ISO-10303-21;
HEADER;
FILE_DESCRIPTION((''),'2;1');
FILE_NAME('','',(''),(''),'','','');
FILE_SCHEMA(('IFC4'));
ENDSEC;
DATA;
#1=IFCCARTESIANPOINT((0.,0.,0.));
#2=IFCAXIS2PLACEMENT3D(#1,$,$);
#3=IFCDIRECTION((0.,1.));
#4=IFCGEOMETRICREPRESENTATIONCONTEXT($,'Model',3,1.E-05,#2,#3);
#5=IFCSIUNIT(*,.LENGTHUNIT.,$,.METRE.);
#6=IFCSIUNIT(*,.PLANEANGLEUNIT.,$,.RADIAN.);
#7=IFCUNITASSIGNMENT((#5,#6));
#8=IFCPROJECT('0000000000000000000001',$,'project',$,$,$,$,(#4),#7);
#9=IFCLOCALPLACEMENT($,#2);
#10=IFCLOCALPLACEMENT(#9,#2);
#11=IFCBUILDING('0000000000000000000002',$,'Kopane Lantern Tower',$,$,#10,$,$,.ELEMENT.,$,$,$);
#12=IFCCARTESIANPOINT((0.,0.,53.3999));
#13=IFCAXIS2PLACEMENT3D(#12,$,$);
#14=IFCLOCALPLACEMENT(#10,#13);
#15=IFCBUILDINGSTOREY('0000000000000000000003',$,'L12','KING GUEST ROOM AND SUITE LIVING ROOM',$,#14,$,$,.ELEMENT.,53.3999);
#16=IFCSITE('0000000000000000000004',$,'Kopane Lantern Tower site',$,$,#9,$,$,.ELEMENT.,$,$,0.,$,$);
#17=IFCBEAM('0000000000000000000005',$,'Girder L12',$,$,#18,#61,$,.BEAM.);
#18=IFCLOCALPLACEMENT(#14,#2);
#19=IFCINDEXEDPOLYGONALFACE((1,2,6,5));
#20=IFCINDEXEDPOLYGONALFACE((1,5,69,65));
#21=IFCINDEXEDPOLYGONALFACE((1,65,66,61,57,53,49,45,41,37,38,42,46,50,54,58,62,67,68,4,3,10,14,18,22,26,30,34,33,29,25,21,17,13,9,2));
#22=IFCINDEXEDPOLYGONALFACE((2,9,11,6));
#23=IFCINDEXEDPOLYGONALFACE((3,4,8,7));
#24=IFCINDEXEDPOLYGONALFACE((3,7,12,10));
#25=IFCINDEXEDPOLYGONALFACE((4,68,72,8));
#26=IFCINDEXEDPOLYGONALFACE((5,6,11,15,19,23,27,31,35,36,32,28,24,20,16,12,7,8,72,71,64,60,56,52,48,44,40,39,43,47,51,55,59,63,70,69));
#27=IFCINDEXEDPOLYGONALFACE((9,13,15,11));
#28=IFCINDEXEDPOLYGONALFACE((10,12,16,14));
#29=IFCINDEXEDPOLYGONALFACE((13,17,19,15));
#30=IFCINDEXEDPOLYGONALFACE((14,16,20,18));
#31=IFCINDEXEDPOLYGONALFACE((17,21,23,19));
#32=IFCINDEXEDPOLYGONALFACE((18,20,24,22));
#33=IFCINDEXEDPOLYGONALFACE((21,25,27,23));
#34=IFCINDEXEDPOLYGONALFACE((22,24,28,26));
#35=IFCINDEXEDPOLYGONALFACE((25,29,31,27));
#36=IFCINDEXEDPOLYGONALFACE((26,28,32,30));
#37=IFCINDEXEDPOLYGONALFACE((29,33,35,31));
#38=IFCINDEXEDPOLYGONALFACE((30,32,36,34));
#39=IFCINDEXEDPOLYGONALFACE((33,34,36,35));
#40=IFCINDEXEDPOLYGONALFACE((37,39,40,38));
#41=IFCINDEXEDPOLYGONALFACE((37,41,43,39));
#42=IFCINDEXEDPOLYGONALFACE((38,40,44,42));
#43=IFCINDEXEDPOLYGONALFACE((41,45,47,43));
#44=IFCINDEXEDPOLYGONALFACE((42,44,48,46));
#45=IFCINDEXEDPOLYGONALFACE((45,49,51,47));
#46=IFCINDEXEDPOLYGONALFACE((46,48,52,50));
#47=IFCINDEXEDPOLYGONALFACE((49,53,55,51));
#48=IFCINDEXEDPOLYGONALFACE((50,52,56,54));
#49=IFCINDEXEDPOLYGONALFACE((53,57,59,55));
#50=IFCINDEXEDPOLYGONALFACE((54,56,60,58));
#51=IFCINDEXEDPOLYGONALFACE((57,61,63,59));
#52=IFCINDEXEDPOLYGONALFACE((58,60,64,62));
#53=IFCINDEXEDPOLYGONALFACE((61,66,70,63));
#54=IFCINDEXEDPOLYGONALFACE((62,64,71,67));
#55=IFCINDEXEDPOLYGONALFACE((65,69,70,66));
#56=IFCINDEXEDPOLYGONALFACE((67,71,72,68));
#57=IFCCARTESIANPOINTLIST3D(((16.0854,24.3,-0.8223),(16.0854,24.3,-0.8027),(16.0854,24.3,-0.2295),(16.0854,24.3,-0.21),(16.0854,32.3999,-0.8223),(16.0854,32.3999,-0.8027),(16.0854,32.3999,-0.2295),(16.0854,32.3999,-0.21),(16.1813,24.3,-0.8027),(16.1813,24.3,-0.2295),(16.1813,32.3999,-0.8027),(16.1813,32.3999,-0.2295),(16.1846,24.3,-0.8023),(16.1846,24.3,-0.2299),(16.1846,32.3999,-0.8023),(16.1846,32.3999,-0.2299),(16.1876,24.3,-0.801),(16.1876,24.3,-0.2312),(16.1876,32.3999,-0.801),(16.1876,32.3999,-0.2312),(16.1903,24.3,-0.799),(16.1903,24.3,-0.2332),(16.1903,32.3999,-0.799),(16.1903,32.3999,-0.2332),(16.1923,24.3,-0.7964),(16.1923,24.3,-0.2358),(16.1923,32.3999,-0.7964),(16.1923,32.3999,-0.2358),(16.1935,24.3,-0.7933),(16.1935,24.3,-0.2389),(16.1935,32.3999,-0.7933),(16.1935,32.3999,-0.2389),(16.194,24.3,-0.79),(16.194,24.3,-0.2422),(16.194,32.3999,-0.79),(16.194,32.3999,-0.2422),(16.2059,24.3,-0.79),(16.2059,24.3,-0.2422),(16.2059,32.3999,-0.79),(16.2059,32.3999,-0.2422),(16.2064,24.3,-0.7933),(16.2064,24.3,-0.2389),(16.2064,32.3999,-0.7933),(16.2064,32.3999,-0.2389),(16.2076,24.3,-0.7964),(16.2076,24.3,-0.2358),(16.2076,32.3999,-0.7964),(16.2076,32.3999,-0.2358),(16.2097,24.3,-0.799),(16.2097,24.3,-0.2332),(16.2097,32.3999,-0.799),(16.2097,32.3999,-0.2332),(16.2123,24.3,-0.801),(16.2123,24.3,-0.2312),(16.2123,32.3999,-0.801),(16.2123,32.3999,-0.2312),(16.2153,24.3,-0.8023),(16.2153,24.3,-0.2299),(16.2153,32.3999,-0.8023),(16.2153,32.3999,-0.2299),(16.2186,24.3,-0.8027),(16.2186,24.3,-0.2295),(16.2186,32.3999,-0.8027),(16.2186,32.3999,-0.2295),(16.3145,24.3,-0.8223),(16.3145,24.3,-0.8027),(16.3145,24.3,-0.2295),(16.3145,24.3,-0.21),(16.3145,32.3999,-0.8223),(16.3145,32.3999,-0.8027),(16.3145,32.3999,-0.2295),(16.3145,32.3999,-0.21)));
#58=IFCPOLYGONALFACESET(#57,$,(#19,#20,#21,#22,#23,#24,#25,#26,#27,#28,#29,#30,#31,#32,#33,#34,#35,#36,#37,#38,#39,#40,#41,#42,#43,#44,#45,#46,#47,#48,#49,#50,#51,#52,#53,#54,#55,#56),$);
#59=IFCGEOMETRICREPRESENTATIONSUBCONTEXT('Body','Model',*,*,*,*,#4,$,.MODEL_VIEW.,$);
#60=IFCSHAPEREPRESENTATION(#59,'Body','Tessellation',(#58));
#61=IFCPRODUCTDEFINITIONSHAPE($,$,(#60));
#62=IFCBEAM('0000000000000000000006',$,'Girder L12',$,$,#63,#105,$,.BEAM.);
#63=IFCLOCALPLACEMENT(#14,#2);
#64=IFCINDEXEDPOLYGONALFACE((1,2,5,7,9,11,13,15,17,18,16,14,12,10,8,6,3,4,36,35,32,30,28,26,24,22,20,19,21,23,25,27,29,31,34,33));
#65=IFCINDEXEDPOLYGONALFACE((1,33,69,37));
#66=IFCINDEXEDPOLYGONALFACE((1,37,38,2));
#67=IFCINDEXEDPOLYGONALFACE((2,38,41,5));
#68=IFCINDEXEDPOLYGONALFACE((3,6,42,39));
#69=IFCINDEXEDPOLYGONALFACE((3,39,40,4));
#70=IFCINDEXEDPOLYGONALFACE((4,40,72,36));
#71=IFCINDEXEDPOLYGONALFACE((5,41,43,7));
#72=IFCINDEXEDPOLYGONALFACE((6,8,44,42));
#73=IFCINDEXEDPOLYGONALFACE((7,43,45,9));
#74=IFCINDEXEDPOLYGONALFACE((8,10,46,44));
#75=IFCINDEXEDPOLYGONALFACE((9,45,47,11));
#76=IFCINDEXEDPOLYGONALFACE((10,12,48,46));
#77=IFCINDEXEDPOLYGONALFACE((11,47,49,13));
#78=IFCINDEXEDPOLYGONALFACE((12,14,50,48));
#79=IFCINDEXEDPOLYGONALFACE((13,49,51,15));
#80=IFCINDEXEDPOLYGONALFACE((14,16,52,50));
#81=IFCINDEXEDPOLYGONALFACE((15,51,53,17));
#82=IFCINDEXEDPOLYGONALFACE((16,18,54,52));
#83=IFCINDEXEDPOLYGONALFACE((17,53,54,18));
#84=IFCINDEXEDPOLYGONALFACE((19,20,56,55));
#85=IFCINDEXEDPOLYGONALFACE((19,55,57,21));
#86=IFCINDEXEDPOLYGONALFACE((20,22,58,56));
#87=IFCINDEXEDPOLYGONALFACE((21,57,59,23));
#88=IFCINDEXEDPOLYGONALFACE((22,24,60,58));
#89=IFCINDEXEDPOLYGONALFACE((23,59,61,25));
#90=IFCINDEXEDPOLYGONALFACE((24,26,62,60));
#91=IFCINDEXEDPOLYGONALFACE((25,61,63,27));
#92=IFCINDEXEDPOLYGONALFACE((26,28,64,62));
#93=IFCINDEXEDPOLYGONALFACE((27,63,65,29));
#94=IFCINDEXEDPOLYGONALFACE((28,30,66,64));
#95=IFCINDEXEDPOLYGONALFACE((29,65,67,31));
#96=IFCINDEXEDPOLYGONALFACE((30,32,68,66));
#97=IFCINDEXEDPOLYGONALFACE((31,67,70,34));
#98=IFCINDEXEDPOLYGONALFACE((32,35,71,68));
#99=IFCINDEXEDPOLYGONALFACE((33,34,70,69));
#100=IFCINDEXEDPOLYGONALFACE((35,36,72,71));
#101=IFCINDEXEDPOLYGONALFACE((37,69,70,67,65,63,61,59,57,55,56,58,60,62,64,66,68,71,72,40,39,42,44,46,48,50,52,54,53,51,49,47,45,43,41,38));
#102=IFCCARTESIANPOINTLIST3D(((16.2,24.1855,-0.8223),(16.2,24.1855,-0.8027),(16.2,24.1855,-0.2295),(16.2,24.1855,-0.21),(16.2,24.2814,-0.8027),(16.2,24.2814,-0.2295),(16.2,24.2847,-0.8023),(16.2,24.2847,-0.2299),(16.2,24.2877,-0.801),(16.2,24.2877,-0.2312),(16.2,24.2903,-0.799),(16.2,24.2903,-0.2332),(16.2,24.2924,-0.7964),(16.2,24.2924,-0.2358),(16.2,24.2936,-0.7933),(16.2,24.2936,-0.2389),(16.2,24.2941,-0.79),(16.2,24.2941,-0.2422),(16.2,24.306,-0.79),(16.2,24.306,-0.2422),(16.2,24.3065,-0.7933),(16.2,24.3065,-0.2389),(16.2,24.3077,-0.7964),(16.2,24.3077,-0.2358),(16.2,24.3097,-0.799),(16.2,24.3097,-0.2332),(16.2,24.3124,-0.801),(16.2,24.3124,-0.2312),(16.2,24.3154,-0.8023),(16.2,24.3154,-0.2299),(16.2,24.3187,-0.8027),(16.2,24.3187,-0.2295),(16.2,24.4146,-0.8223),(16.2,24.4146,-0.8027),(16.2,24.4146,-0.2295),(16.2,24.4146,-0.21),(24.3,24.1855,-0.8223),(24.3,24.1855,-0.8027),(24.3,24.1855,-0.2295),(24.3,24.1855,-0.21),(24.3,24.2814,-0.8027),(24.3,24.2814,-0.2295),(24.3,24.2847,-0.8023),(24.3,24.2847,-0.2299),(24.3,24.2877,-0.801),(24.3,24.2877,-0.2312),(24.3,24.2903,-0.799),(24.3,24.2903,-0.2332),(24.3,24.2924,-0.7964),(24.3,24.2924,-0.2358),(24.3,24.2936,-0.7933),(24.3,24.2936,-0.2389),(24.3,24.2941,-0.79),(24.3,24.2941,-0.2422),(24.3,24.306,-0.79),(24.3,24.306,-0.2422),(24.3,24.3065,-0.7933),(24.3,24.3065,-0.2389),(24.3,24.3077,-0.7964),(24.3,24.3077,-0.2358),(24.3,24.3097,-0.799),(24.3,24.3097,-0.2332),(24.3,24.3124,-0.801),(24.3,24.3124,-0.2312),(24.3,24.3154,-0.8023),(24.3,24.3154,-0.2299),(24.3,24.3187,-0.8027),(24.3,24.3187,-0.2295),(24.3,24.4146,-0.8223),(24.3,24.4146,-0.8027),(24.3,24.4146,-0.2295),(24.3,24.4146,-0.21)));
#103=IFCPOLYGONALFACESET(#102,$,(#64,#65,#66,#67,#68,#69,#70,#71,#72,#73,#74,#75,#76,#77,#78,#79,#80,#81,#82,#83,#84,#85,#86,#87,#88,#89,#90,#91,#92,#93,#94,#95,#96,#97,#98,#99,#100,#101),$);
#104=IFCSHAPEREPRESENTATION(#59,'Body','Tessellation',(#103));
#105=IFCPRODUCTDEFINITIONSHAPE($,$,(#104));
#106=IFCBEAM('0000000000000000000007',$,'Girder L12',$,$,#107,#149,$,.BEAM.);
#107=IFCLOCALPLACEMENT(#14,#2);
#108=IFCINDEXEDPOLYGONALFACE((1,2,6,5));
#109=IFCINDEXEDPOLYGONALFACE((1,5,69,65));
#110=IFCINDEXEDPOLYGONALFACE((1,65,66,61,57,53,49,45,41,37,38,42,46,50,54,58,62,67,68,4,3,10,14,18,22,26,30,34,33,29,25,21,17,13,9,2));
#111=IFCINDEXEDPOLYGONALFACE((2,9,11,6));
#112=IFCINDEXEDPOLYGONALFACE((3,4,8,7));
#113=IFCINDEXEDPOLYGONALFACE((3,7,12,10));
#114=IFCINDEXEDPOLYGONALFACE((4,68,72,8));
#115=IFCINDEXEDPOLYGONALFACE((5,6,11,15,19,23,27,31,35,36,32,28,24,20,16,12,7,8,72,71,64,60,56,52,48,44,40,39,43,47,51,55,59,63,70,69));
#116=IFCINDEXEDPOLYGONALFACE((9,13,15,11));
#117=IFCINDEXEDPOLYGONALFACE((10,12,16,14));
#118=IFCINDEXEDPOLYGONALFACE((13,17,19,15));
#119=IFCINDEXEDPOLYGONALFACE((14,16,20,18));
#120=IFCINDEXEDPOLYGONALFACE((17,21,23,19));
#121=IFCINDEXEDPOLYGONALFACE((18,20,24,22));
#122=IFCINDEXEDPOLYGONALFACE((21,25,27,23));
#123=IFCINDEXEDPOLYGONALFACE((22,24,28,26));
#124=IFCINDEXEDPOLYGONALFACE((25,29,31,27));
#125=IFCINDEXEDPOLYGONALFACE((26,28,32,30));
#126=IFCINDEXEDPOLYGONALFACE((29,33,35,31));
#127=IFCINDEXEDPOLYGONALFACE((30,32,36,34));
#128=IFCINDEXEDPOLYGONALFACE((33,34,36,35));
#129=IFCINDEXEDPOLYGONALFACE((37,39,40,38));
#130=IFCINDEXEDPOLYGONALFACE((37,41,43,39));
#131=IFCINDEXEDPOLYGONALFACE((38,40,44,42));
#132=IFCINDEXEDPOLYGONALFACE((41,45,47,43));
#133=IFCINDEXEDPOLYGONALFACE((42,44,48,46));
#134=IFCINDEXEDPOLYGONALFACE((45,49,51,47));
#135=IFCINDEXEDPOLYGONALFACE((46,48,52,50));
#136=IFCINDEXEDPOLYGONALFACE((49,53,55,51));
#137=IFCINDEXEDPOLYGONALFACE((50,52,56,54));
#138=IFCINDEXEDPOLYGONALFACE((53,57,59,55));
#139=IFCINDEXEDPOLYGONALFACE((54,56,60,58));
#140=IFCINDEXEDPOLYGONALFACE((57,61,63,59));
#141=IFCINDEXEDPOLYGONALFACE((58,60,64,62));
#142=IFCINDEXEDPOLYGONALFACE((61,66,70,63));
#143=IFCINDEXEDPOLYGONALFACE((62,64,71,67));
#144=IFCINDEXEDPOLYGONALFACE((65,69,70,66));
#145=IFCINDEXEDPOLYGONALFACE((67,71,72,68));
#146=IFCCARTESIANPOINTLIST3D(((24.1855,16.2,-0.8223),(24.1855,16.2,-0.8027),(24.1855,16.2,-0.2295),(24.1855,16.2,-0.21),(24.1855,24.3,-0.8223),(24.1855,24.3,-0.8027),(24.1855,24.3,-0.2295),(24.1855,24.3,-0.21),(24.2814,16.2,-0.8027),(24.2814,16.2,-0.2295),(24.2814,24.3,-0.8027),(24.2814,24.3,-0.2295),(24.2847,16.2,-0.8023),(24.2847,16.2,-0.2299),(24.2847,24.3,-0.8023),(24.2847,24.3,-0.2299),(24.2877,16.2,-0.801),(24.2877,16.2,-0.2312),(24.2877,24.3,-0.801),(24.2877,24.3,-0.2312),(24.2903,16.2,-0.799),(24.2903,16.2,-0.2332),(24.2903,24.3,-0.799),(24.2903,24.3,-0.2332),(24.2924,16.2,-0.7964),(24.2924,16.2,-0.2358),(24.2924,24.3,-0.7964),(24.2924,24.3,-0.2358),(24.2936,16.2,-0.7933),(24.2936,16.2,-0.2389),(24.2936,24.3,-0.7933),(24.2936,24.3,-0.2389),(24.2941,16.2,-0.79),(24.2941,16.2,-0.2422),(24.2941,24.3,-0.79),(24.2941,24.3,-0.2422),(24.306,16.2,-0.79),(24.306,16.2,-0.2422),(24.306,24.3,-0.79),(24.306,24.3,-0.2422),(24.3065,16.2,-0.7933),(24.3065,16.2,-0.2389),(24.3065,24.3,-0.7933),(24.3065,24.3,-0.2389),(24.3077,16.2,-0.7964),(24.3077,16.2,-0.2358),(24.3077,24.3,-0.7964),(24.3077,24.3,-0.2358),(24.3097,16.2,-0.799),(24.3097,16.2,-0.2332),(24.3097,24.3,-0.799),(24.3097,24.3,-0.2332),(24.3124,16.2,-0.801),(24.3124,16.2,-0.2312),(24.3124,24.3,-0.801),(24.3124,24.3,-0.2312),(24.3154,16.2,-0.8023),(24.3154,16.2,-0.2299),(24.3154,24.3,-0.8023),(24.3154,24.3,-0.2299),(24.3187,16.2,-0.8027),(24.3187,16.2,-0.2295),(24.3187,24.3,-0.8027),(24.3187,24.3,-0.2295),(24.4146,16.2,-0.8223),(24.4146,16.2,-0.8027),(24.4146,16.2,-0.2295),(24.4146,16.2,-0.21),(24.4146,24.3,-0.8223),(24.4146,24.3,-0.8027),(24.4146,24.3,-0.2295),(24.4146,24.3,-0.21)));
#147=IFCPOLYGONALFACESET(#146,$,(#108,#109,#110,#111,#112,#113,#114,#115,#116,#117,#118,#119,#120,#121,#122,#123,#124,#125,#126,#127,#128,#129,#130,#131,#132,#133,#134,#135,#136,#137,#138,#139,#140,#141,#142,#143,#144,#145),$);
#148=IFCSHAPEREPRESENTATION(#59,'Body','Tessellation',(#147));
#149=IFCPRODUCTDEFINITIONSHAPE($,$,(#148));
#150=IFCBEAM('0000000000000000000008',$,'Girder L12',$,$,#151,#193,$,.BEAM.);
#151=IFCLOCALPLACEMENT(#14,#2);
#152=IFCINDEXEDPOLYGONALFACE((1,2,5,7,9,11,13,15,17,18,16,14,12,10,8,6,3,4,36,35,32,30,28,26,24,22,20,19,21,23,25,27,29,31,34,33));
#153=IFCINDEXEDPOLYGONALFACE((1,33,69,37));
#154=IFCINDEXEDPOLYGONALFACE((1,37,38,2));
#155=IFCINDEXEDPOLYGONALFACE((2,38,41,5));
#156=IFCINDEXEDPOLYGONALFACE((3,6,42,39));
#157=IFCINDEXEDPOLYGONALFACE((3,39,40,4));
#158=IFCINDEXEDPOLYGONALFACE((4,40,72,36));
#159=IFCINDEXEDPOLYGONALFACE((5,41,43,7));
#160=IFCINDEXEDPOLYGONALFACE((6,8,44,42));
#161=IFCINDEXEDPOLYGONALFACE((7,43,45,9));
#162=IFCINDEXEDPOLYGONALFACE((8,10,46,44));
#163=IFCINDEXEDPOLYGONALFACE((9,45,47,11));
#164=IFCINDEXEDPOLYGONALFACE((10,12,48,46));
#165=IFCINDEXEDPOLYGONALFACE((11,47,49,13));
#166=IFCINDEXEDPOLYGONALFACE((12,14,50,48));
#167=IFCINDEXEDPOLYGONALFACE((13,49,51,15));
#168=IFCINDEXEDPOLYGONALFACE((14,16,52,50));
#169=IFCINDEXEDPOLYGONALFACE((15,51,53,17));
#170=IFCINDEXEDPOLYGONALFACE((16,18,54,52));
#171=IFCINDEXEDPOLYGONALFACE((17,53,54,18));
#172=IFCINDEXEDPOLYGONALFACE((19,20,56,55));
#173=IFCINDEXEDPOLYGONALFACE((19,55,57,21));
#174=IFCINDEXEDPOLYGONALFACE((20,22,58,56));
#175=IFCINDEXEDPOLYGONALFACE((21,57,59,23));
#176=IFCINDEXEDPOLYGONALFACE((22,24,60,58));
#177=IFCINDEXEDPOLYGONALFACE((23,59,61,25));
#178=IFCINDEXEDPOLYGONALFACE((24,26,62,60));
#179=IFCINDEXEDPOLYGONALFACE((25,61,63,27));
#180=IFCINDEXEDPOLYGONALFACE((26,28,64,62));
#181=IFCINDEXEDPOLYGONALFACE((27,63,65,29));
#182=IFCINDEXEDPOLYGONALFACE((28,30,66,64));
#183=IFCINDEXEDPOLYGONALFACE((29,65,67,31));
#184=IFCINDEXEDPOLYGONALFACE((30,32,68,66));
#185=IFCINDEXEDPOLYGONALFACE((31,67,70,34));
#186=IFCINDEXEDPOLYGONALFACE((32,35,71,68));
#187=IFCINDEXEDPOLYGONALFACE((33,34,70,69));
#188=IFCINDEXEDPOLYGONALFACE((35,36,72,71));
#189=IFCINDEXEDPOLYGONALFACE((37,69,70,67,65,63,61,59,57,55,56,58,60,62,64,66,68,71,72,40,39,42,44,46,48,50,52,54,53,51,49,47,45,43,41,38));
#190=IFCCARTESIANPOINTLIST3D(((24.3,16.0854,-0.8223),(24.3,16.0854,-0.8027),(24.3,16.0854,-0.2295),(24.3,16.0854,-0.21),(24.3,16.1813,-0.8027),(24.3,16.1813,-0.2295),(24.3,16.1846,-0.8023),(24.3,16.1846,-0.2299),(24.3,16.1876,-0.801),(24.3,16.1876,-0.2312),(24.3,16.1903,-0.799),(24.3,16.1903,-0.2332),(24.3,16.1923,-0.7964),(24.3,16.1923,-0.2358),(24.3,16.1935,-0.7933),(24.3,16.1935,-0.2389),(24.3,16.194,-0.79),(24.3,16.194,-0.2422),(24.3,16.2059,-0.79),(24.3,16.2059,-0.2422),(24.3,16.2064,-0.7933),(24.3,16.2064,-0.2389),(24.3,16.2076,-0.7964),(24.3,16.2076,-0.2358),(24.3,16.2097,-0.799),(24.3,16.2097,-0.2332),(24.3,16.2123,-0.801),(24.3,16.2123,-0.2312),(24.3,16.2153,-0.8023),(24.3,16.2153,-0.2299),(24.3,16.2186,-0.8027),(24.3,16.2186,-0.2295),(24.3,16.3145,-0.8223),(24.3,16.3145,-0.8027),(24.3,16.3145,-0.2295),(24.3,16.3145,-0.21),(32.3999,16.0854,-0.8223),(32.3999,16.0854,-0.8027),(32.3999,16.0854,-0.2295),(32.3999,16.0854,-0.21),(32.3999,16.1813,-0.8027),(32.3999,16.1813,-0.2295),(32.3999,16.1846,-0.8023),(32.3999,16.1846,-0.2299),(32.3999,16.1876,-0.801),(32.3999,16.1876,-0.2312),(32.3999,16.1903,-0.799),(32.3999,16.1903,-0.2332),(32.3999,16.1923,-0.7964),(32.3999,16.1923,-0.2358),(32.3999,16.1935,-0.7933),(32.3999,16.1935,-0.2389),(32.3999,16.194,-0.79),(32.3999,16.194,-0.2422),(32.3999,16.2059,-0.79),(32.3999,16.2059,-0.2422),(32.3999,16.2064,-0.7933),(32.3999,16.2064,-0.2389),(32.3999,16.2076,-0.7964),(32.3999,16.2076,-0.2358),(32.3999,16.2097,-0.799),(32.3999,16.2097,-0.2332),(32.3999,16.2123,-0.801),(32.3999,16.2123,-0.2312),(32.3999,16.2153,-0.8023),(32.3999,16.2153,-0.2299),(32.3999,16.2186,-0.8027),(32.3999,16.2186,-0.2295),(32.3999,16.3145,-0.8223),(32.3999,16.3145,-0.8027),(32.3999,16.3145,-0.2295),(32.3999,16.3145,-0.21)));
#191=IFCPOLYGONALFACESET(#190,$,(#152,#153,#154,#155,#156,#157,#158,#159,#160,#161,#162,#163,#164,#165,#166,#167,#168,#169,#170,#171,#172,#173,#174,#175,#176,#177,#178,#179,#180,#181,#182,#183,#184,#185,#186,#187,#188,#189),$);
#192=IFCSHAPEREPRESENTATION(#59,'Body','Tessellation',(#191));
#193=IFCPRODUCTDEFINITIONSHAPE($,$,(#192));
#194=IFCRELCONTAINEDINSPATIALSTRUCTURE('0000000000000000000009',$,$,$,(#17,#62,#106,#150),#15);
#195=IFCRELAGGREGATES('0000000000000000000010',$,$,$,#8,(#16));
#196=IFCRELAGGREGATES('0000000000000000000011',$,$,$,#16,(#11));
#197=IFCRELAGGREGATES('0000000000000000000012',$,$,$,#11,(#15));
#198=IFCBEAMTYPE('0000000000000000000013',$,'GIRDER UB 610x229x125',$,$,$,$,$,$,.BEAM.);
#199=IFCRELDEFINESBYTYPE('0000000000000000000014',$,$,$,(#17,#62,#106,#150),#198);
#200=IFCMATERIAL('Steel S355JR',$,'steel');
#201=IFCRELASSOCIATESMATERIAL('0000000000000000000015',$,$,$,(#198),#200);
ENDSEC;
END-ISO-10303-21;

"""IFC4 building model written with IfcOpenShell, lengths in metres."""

from ifc_helpers import new_model, si_unit, direction, frame, origin, origin_2d, place, context, subcontext, project, spatial, i_section, extrude, material, material_profile, profile_set, type_object, element, save


model = new_model("IFC4")

# Units and contexts
model_context = context("Model", 3, precision=1e-05, world=origin(), true_north=direction((0.0, 1.0)))
body_context = subcontext(model_context, "Body", "Model", "MODEL_VIEW")
ifc_project = project(units=[si_unit("LENGTHUNIT", "METRE"), si_unit("PLANEANGLEUNIT", "RADIAN")], contexts=[model_context])

# Site, building, storey
site_placement = place(None, origin())
site = spatial("IfcSite", under=ifc_project, at=site_placement, Name="Kopane Lantern Tower site", CompositionType="ELEMENT", RefElevation=0.0)
building_placement = place(site_placement, origin())
building = spatial("IfcBuilding", under=site, at=building_placement, Name="Kopane Lantern Tower", CompositionType="ELEMENT")
storey_placement = place(building_placement, frame((0.0, 0.0, 53.3999)))
storey = spatial("IfcBuildingStorey", under=building, at=storey_placement, Name="L12", Description="KING GUEST ROOM AND SUITE LIVING ROOM", CompositionType="ELEMENT", Elevation=53.3999)

# Beams
ifc_material_1 = material(Name="Steel S355JR", Category="steel")
ifc_material_profile_1 = material_profile(ifc_material_1, i_section(OverallWidth=0.229, OverallDepth=0.6123, WebThickness=0.012, FlangeThickness=0.0195, FilletRadius=0.0127, at=origin_2d()), Name="UB 610x229x125")
ifc_profile_set_1 = profile_set([ifc_material_profile_1], Name="Steel S355JR")
beam_type = type_object("IfcBeamType", Name="GIRDER UB 610x229x125", PredefinedType="BEAM", material=ifc_profile_set_1)
beam_1_placement = place(storey_placement, frame((16.2, 24.3, -0.5161), z_axis=(0.0, 1.0, 0.0), x_axis=(-1.0, 0.0, 0.0)))
element("IfcBeam", 1, at=beam_1_placement, inside=storey, type_object=beam_type, Name="Girder L12", PredefinedType="BEAM", context=body_context, shape_type="SweptSolid", body=[
    extrude(i_section(OverallWidth=0.229, OverallDepth=0.6123, WebThickness=0.012, FlangeThickness=0.0195, FilletRadius=0.0127, at=origin_2d()), origin(), (0.0, 0.0, 1.0), 8.0999),
])
for number, where, z_axis, x_axis, name in (
    (2, (16.2, 24.3, -0.5161), (1.0, 0.0, 0.0), (0.0, 1.0, 0.0), "Girder L12"),
    (3, (24.3, 16.2, -0.5161), (0.0, 1.0, 0.0), (-1.0, 0.0, 0.0), "Girder L12"),
):
    element("IfcBeam", number, at=place(storey_placement, frame(where, z_axis=z_axis, x_axis=x_axis)), inside=storey, type_object=beam_type, Name=name, PredefinedType="BEAM", context=body_context, shape_type="SweptSolid", body=[
        extrude(i_section(OverallWidth=0.229, OverallDepth=0.6123, WebThickness=0.012, FlangeThickness=0.0195, FilletRadius=0.0127, at=origin_2d()), origin(), (0.0, 0.0, 1.0), 8.1001),
    ])
beam_2_placement = place(storey_placement, frame((24.3, 16.2, -0.5161), z_axis=(1.0, 0.0, 0.0), x_axis=(0.0, 1.0, 0.0)))
element("IfcBeam", 4, at=beam_2_placement, inside=storey, type_object=beam_type, Name="Girder L12", PredefinedType="BEAM", context=body_context, shape_type="SweptSolid", body=[
    extrude(i_section(OverallWidth=0.229, OverallDepth=0.6123, WebThickness=0.012, FlangeThickness=0.0195, FilletRadius=0.0127, at=origin_2d()), origin(), (0.0, 0.0, 1.0), 8.0999),
])

save(model, "model.ifc")
